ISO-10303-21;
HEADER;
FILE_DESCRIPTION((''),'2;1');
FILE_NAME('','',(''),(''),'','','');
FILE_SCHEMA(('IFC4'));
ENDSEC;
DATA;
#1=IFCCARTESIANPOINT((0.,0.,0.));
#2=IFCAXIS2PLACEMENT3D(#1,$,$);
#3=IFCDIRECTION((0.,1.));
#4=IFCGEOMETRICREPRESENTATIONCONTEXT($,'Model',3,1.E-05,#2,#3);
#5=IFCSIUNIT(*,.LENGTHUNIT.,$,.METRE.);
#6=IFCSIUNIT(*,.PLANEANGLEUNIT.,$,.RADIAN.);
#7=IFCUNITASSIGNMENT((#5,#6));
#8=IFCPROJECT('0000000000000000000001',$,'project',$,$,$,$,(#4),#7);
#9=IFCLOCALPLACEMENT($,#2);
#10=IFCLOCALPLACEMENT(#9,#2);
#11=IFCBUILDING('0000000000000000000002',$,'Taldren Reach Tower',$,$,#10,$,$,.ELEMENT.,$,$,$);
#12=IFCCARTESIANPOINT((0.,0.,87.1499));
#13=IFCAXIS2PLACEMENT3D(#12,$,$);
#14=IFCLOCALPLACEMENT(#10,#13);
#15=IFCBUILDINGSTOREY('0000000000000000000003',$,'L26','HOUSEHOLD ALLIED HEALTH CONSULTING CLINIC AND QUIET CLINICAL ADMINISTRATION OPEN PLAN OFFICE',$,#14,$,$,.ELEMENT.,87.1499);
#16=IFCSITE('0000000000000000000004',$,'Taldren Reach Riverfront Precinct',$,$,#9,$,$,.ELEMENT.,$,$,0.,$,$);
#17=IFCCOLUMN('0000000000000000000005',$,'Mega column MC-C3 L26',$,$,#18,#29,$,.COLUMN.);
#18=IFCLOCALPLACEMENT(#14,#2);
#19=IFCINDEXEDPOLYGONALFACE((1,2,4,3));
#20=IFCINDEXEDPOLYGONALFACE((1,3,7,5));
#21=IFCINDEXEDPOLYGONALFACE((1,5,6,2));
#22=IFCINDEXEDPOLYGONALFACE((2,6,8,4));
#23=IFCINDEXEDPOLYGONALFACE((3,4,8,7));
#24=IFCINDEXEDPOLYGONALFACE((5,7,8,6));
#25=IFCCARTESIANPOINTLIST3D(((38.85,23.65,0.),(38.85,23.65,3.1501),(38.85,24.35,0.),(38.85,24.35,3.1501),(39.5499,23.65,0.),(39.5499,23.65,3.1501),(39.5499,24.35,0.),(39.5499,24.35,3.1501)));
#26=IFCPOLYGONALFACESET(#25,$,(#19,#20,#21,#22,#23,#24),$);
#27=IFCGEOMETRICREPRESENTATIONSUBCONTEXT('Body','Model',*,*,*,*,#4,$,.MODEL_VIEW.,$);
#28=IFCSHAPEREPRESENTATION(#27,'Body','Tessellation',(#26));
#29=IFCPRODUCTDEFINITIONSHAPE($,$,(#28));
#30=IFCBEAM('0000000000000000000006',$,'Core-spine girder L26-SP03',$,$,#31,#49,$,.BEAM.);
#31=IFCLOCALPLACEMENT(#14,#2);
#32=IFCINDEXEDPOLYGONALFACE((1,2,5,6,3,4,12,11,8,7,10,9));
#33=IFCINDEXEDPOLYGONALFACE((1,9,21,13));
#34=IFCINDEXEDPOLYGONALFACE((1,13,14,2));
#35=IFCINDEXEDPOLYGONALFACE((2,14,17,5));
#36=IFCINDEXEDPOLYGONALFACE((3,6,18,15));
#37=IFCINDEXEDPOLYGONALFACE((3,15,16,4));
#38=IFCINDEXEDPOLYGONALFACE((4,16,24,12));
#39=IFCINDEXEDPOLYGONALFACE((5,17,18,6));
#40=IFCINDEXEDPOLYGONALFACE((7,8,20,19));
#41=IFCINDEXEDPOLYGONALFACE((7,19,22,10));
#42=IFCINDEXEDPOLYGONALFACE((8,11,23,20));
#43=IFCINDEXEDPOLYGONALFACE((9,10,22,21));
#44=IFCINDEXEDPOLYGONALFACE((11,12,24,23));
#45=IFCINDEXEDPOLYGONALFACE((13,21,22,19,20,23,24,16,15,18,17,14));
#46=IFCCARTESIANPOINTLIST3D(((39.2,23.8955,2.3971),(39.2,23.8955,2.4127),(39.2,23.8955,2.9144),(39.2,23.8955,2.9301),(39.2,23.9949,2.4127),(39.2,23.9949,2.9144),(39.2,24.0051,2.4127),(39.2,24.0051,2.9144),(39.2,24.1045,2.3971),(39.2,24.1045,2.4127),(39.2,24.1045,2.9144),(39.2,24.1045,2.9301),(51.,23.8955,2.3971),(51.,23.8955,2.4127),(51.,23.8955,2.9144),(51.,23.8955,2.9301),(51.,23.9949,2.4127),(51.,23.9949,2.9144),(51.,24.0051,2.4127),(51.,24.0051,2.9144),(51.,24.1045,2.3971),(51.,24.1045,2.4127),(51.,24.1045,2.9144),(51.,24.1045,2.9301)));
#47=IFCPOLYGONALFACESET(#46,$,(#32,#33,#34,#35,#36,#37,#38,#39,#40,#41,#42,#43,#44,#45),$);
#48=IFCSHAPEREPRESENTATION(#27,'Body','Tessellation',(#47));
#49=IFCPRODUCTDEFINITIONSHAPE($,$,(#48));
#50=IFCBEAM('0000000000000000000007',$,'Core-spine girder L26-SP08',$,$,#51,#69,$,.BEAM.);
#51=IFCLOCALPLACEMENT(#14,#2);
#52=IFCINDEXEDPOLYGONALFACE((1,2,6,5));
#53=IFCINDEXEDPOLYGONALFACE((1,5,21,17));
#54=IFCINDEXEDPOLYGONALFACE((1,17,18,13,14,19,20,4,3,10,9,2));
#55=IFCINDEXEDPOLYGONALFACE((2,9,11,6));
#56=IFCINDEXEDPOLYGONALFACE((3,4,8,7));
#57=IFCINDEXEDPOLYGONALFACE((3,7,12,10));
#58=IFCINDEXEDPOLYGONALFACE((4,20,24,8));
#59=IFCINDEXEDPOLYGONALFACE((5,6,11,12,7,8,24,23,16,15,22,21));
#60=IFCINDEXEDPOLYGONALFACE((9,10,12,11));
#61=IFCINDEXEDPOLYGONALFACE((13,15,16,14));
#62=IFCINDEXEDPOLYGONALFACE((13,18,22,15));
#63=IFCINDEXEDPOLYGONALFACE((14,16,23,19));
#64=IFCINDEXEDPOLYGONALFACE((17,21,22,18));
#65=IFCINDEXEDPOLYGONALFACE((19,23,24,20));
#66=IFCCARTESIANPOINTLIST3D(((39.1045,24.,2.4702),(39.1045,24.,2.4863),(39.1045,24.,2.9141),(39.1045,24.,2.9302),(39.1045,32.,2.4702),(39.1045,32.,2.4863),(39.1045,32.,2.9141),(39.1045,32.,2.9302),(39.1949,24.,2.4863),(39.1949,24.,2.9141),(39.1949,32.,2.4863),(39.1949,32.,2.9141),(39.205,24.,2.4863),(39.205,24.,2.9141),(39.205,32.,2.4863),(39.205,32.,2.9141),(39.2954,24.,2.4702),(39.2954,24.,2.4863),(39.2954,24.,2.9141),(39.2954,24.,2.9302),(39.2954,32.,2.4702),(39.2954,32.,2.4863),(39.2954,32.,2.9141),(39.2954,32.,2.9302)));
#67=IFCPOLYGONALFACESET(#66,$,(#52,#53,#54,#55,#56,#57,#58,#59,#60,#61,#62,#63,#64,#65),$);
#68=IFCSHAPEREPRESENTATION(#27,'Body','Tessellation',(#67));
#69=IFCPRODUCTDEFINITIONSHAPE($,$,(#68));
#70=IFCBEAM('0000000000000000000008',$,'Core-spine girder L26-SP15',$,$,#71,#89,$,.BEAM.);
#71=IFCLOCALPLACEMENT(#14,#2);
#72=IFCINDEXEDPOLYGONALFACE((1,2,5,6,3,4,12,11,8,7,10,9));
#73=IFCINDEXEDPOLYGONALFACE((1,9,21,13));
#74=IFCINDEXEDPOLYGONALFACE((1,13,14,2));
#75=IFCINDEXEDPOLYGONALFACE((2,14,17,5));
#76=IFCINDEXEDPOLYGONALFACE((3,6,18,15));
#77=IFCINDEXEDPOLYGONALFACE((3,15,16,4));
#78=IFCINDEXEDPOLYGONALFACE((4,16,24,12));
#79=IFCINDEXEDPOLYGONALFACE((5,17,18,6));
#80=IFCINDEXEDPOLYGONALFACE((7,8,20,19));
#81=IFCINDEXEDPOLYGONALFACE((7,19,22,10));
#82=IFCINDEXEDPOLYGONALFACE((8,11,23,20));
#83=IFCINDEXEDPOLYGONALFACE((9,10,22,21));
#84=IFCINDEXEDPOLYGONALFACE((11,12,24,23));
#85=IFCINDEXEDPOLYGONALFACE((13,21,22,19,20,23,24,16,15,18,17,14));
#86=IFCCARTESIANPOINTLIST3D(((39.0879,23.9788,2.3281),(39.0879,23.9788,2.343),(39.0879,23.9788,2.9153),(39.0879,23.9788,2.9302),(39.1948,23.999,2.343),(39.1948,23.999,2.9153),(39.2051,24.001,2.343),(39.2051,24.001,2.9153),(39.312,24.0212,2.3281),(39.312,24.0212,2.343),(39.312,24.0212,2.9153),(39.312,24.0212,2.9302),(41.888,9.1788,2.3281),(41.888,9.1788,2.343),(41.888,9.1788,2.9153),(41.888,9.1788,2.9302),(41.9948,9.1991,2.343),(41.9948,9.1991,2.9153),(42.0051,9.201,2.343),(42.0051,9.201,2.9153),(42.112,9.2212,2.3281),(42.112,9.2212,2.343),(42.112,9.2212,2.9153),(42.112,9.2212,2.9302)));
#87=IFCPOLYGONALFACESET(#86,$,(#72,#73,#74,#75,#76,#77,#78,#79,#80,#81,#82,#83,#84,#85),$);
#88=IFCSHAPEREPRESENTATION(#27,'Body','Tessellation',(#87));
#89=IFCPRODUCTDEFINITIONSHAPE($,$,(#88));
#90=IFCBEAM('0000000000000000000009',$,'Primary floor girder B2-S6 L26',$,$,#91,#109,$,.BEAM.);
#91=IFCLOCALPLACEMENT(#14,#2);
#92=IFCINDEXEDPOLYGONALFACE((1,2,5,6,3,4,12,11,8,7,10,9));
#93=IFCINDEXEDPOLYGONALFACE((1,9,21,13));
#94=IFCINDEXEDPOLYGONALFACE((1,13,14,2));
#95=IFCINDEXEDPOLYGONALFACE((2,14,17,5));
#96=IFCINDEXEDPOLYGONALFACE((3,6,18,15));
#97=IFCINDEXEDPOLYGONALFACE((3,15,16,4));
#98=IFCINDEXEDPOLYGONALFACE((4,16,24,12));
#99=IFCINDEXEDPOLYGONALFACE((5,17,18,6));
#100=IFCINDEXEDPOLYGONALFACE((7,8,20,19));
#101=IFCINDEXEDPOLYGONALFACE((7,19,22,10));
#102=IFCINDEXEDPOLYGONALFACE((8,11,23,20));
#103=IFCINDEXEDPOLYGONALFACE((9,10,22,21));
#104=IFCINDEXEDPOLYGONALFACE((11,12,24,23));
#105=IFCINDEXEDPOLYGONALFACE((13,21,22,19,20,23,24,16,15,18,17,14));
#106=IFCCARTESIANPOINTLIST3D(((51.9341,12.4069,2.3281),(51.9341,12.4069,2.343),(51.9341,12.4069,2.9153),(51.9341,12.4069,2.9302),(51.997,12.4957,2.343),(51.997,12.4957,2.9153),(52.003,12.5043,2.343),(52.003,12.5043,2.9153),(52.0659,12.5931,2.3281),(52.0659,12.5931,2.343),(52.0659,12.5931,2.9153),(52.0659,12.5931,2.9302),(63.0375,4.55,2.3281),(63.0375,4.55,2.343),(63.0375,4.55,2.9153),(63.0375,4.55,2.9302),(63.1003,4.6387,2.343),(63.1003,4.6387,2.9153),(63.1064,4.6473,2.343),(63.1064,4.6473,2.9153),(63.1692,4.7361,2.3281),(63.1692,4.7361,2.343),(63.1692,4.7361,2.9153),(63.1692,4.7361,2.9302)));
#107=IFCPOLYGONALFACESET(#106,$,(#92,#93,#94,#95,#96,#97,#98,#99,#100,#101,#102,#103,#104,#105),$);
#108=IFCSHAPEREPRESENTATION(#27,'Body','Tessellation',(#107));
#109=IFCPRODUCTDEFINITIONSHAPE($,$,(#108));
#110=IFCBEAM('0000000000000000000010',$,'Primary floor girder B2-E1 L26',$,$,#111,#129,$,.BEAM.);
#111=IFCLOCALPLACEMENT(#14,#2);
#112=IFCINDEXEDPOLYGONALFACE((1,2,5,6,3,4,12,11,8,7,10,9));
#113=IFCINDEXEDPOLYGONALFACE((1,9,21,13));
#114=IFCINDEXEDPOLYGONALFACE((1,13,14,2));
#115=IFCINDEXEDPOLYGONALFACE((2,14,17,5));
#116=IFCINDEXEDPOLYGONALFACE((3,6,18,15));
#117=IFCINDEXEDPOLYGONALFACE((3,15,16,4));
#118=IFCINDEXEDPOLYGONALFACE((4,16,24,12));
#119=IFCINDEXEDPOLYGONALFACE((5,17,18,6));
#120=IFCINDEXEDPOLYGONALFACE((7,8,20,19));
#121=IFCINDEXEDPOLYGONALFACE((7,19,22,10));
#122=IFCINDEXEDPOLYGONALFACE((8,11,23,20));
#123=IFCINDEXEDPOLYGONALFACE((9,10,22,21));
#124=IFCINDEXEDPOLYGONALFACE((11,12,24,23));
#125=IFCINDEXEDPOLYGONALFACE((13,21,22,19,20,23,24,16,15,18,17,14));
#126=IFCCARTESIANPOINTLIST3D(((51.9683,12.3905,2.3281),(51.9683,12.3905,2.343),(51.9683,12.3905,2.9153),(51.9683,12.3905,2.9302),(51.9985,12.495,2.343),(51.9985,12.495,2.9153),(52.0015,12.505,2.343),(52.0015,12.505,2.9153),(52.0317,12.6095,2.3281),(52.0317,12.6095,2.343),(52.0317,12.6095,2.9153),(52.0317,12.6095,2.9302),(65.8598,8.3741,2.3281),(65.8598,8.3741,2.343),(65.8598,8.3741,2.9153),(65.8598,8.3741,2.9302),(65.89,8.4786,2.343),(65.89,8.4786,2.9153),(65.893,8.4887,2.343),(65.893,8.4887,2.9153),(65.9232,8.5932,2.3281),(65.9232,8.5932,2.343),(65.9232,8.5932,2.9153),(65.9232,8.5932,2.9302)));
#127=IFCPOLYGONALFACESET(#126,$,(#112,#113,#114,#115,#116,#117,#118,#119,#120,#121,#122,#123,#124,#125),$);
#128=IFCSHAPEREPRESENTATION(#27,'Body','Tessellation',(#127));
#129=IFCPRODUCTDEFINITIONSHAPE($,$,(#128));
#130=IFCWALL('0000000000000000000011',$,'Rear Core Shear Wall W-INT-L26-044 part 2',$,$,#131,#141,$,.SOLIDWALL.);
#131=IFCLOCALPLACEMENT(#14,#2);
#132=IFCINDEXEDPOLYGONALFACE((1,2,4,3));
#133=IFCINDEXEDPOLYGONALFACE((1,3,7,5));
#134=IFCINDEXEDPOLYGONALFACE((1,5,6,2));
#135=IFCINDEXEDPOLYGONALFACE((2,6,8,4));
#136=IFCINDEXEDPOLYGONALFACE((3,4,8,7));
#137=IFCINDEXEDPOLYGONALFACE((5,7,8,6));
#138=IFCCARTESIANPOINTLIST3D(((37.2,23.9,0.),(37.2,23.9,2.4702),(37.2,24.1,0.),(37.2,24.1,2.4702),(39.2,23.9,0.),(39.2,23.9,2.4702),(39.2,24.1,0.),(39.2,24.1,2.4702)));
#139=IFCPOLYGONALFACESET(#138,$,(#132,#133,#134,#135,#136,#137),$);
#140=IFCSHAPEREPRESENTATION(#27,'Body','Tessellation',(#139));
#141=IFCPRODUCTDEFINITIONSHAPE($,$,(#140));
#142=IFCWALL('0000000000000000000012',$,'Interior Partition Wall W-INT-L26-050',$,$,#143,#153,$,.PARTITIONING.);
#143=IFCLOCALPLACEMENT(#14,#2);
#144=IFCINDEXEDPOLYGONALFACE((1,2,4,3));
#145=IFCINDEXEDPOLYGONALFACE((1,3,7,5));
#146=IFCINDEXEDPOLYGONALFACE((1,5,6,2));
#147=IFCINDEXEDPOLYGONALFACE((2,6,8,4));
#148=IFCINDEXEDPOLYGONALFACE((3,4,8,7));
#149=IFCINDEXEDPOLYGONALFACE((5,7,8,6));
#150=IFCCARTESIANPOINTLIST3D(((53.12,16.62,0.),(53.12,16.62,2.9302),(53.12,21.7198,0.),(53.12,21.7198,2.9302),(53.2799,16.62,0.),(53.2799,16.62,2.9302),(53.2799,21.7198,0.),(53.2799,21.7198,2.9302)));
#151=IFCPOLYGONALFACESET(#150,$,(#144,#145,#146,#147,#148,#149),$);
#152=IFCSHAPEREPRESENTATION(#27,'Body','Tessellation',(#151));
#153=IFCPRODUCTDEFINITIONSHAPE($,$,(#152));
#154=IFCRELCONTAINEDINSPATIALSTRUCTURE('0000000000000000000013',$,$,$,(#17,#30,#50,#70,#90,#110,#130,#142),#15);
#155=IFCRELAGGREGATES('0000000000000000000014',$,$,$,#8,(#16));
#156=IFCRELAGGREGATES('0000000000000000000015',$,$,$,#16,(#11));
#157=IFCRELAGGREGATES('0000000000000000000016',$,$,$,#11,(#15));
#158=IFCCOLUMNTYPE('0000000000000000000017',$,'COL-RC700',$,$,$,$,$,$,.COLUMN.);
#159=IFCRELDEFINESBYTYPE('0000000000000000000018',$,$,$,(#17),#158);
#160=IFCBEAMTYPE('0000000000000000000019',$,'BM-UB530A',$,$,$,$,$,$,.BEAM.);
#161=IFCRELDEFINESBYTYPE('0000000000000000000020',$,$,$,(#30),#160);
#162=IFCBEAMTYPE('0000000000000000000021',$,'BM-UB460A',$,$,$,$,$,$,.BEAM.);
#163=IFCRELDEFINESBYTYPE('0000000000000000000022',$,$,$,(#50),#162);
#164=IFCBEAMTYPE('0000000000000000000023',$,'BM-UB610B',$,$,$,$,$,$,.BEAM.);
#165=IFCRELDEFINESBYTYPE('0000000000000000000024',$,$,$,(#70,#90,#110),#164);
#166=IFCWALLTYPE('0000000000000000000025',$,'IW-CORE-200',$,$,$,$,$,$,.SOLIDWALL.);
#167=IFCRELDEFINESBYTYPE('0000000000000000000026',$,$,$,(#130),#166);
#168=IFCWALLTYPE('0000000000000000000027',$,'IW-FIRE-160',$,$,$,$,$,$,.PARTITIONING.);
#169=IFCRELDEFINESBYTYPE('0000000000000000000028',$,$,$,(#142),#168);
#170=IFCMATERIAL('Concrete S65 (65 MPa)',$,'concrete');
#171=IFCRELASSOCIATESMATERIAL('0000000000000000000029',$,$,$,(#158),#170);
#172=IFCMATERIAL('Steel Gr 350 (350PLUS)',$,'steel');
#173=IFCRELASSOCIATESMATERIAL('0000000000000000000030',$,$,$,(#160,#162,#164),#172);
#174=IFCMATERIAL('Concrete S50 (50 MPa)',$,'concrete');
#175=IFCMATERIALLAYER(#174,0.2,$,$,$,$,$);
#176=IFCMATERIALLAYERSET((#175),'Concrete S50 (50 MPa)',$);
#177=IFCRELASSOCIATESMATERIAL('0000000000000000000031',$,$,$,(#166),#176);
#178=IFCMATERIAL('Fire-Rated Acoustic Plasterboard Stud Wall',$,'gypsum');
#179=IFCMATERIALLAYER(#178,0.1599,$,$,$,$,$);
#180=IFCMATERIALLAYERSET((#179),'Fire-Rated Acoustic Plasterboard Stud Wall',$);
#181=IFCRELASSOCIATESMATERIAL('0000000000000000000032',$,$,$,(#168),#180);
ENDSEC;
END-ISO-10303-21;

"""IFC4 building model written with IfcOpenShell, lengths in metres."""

from ifc_helpers import new_model, si_unit, direction, frame, frame_2d, origin, origin_2d, place, context, subcontext, project, spatial, rectangle, i_section, extrude, source, transform, mapped, material, layer, layer_set, material_profile, profile_set, type_object, element, save


model = new_model("IFC4")

# Units and contexts
model_context = context("Model", 3, precision=1e-05, world=origin(), true_north=direction((0.0, 1.0)))
body_context = subcontext(model_context, "Body", "Model", "MODEL_VIEW")
ifc_project = project(units=[si_unit("LENGTHUNIT", "METRE"), si_unit("PLANEANGLEUNIT", "RADIAN")], contexts=[model_context])

# Site, building, storey
site_placement = place(None, origin())
site = spatial("IfcSite", under=ifc_project, at=site_placement, Name="Taldren Reach Riverfront Precinct", CompositionType="ELEMENT", RefElevation=0.0)
building_placement = place(site_placement, origin())
building = spatial("IfcBuilding", under=site, at=building_placement, Name="Taldren Reach Tower", CompositionType="ELEMENT")
storey_placement = place(building_placement, frame((0.0, 0.0, 87.1499)))
storey = spatial("IfcBuildingStorey", under=building, at=storey_placement, Name="L26", Description="HOUSEHOLD ALLIED HEALTH CONSULTING CLINIC AND QUIET CLINICAL ADMINISTRATION OPEN PLAN OFFICE", CompositionType="ELEMENT", Elevation=87.1499)

# Column
ifc_material_1 = material(Name="Concrete S65 (65 MPa)", Category="concrete")
ifc_material_profile_1 = material_profile(ifc_material_1, rectangle(XDim=0.7, YDim=0.7, at=origin_2d()), Name="RC-700x700")
ifc_profile_set_1 = profile_set([ifc_material_profile_1], Name="Concrete S65 (65 MPa)")
column_type = type_object("IfcColumnType", Name="COL-RC700", PredefinedType="COLUMN", material=ifc_profile_set_1)
shared_shape_1 = source(origin(), body_context, "Body", "SweptSolid", [
    extrude(rectangle(XDim=0.7, YDim=0.7, at=origin_2d()), origin(), (0.0, 0.0, 1.0), 3.1501),
])
column_placement = place(storey_placement, frame((39.2, 24.0, 0.0), z_axis=(0.0, 0.0, 1.0), x_axis=(1.0, 0.0, 0.0)))
element("IfcColumn", 1, at=column_placement, inside=storey, type_object=column_type, Name="Mega column MC-C3 L26", PredefinedType="COLUMN", context=body_context, shape_type="MappedRepresentation", body=[
    mapped(shared_shape_1, transform((0.0, 0.0, 0.0), scale=1.0)),
])

# Beams
ifc_material_2 = material(Name="Steel Gr 350 (350PLUS)", Category="steel")
ifc_material_profile_2 = material_profile(ifc_material_2, i_section(OverallWidth=0.209, OverallDepth=0.533, WebThickness=0.0103, FlangeThickness=0.0156, at=origin_2d()), Name="530UB92.4")
ifc_profile_set_2 = profile_set([ifc_material_profile_2], Name="Steel Gr 350 (350PLUS)")
beam_type_1 = type_object("IfcBeamType", Name="BM-UB530A", PredefinedType="BEAM", material=ifc_profile_set_2)
shared_shape_2 = source(origin(), body_context, "Body", "SweptSolid", [
    extrude(i_section(OverallWidth=0.209, OverallDepth=0.533, WebThickness=0.0103, FlangeThickness=0.0156, at=origin_2d()), origin(), (0.0, 0.0, 1.0), 11.8),
])
beam_1_placement = place(storey_placement, frame((39.2, 24.0, 2.6636), z_axis=(1.0, 0.0, 0.0), x_axis=(0.0, 1.0, 0.0)))
element("IfcBeam", 2, at=beam_1_placement, inside=storey, type_object=beam_type_1, Name="Core-spine girder L26-SP03", PredefinedType="BEAM", context=body_context, shape_type="MappedRepresentation", body=[
    mapped(shared_shape_2, transform((0.0, 0.0, 0.0), scale=1.0)),
])
ifc_material_profile_3 = material_profile(ifc_material_2, i_section(OverallWidth=0.1909, OverallDepth=0.46, WebThickness=0.01, FlangeThickness=0.0161, at=origin_2d()), Name="460UB82.1")
ifc_profile_set_3 = profile_set([ifc_material_profile_3], Name="Steel Gr 350 (350PLUS)")
beam_type_2 = type_object("IfcBeamType", Name="BM-UB460A", PredefinedType="BEAM", material=ifc_profile_set_3)
shared_shape_3 = source(origin(), body_context, "Body", "SweptSolid", [
    extrude(i_section(OverallWidth=0.1909, OverallDepth=0.46, WebThickness=0.01, FlangeThickness=0.0161, at=origin_2d()), origin(), (0.0, 0.0, 1.0), 8.0),
])
beam_2_placement = place(storey_placement, frame((39.2, 24.0, 2.7002), z_axis=(0.0, 1.0, 0.0), x_axis=(-1.0, 0.0, 0.0)))
element("IfcBeam", 3, at=beam_2_placement, inside=storey, type_object=beam_type_2, Name="Core-spine girder L26-SP08", PredefinedType="BEAM", context=body_context, shape_type="MappedRepresentation", body=[
    mapped(shared_shape_3, transform((0.0, 0.0, 0.0), scale=1.0)),
])
ifc_material_profile_4 = material_profile(ifc_material_2, i_section(OverallWidth=0.228, OverallDepth=0.6021, WebThickness=0.0105, FlangeThickness=0.0149, at=origin_2d()), Name="610UB101")
ifc_profile_set_4 = profile_set([ifc_material_profile_4], Name="Steel Gr 350 (350PLUS)")
beam_type_3 = type_object("IfcBeamType", Name="BM-UB610B", PredefinedType="BEAM", material=ifc_profile_set_4)
shared_shape_4 = source(origin(), body_context, "Body", "SweptSolid", [
    extrude(i_section(OverallWidth=0.228, OverallDepth=0.6021, WebThickness=0.0105, FlangeThickness=0.0149, at=origin_2d()), origin(), (0.0, 0.0, 1.0), 15.0625),
])
beam_3_placement = place(storey_placement, frame((39.2, 24.0, 2.6292), z_axis=(0.185894, -0.98257, 0.0), x_axis=(0.98257, 0.185894, 0.0)))
element("IfcBeam", 4, at=beam_3_placement, inside=storey, type_object=beam_type_3, Name="Core-spine girder L26-SP15", PredefinedType="BEAM", context=body_context, shape_type="MappedRepresentation", body=[
    mapped(shared_shape_4, transform((0.0, 0.0, 0.0), scale=1.0)),
])
shared_shape_5 = source(origin(), body_context, "Body", "SweptSolid", [
    extrude(i_section(OverallWidth=0.228, OverallDepth=0.6021, WebThickness=0.0105, FlangeThickness=0.0149, at=origin_2d()), origin(), (0.0, 0.0, 1.0), 13.6021),
])
beam_4_placement = place(storey_placement, frame((52.0, 12.5, 2.6292), z_axis=(0.816298, -0.577631, 0.0), x_axis=(0.577631, 0.816298, 0.0)))
element("IfcBeam", 5, at=beam_4_placement, inside=storey, type_object=beam_type_3, Name="Primary floor girder B2-S6 L26", PredefinedType="BEAM", context=body_context, shape_type="MappedRepresentation", body=[
    mapped(shared_shape_5, transform((0.0, 0.0, 0.0), scale=1.0)),
])
shared_shape_6 = source(origin(), body_context, "Body", "SweptSolid", [
    extrude(i_section(OverallWidth=0.228, OverallDepth=0.6021, WebThickness=0.0105, FlangeThickness=0.0149, at=origin_2d()), origin(), (0.0, 0.0, 1.0), 14.4604),
])
beam_5_placement = place(storey_placement, frame((52.0, 12.5, 2.6292), z_axis=(0.960655, -0.277746, 0.0), x_axis=(0.277746, 0.960655, 0.0)))
element("IfcBeam", 6, at=beam_5_placement, inside=storey, type_object=beam_type_3, Name="Primary floor girder B2-E1 L26", PredefinedType="BEAM", context=body_context, shape_type="MappedRepresentation", body=[
    mapped(shared_shape_6, transform((0.0, 0.0, 0.0), scale=1.0)),
])

# Walls
ifc_material_3 = material(Name="Concrete S50 (50 MPa)", Category="concrete")
ifc_layer_1 = layer(ifc_material_3, 0.2)
ifc_layer_set_1 = layer_set([ifc_layer_1], Name="Concrete S50 (50 MPa)")
wall_type_1 = type_object("IfcWallType", Name="IW-CORE-200", PredefinedType="SOLIDWALL", material=ifc_layer_set_1)
shared_shape_7 = source(origin(), body_context, "Body", "SweptSolid", [
    extrude(rectangle(XDim=2.0, YDim=0.2, at=frame_2d((1.0, 0.0))), origin(), (0.0, 0.0, 1.0), 2.4702),
])
wall_1_placement = place(storey_placement, frame((39.2, 24.0, 0.0), z_axis=(0.0, 0.0, 1.0), x_axis=(-1.0, 0.0, 0.0)))
element("IfcWall", 7, at=wall_1_placement, inside=storey, type_object=wall_type_1, Name="Rear Core Shear Wall W-INT-L26-044 part 2", PredefinedType="SOLIDWALL", context=body_context, shape_type="MappedRepresentation", body=[
    mapped(shared_shape_7, transform((0.0, 0.0, 0.0), scale=1.0)),
])
ifc_material_4 = material(Name="Fire-Rated Acoustic Plasterboard Stud Wall", Category="gypsum")
ifc_layer_2 = layer(ifc_material_4, 0.1599)
ifc_layer_set_2 = layer_set([ifc_layer_2], Name="Fire-Rated Acoustic Plasterboard Stud Wall")
wall_type_2 = type_object("IfcWallType", Name="IW-FIRE-160", PredefinedType="PARTITIONING", material=ifc_layer_set_2)
shared_shape_8 = source(origin(), body_context, "Body", "SweptSolid", [
    extrude(rectangle(XDim=5.0999, YDim=0.1599, at=frame_2d((2.5498, 0.0))), origin(), (0.0, 0.0, 1.0), 2.9302),
])
wall_2_placement = place(storey_placement, frame((53.2, 16.6201, 0.0), z_axis=(0.0, 0.0, 1.0), x_axis=(0.0, 1.0, 0.0)))
element("IfcWall", 8, at=wall_2_placement, inside=storey, type_object=wall_type_2, Name="Interior Partition Wall W-INT-L26-050", PredefinedType="PARTITIONING", context=body_context, shape_type="MappedRepresentation", body=[
    mapped(shared_shape_8, transform((0.0, 0.0, 0.0), scale=1.0)),
])

save(model, "model.ifc")
